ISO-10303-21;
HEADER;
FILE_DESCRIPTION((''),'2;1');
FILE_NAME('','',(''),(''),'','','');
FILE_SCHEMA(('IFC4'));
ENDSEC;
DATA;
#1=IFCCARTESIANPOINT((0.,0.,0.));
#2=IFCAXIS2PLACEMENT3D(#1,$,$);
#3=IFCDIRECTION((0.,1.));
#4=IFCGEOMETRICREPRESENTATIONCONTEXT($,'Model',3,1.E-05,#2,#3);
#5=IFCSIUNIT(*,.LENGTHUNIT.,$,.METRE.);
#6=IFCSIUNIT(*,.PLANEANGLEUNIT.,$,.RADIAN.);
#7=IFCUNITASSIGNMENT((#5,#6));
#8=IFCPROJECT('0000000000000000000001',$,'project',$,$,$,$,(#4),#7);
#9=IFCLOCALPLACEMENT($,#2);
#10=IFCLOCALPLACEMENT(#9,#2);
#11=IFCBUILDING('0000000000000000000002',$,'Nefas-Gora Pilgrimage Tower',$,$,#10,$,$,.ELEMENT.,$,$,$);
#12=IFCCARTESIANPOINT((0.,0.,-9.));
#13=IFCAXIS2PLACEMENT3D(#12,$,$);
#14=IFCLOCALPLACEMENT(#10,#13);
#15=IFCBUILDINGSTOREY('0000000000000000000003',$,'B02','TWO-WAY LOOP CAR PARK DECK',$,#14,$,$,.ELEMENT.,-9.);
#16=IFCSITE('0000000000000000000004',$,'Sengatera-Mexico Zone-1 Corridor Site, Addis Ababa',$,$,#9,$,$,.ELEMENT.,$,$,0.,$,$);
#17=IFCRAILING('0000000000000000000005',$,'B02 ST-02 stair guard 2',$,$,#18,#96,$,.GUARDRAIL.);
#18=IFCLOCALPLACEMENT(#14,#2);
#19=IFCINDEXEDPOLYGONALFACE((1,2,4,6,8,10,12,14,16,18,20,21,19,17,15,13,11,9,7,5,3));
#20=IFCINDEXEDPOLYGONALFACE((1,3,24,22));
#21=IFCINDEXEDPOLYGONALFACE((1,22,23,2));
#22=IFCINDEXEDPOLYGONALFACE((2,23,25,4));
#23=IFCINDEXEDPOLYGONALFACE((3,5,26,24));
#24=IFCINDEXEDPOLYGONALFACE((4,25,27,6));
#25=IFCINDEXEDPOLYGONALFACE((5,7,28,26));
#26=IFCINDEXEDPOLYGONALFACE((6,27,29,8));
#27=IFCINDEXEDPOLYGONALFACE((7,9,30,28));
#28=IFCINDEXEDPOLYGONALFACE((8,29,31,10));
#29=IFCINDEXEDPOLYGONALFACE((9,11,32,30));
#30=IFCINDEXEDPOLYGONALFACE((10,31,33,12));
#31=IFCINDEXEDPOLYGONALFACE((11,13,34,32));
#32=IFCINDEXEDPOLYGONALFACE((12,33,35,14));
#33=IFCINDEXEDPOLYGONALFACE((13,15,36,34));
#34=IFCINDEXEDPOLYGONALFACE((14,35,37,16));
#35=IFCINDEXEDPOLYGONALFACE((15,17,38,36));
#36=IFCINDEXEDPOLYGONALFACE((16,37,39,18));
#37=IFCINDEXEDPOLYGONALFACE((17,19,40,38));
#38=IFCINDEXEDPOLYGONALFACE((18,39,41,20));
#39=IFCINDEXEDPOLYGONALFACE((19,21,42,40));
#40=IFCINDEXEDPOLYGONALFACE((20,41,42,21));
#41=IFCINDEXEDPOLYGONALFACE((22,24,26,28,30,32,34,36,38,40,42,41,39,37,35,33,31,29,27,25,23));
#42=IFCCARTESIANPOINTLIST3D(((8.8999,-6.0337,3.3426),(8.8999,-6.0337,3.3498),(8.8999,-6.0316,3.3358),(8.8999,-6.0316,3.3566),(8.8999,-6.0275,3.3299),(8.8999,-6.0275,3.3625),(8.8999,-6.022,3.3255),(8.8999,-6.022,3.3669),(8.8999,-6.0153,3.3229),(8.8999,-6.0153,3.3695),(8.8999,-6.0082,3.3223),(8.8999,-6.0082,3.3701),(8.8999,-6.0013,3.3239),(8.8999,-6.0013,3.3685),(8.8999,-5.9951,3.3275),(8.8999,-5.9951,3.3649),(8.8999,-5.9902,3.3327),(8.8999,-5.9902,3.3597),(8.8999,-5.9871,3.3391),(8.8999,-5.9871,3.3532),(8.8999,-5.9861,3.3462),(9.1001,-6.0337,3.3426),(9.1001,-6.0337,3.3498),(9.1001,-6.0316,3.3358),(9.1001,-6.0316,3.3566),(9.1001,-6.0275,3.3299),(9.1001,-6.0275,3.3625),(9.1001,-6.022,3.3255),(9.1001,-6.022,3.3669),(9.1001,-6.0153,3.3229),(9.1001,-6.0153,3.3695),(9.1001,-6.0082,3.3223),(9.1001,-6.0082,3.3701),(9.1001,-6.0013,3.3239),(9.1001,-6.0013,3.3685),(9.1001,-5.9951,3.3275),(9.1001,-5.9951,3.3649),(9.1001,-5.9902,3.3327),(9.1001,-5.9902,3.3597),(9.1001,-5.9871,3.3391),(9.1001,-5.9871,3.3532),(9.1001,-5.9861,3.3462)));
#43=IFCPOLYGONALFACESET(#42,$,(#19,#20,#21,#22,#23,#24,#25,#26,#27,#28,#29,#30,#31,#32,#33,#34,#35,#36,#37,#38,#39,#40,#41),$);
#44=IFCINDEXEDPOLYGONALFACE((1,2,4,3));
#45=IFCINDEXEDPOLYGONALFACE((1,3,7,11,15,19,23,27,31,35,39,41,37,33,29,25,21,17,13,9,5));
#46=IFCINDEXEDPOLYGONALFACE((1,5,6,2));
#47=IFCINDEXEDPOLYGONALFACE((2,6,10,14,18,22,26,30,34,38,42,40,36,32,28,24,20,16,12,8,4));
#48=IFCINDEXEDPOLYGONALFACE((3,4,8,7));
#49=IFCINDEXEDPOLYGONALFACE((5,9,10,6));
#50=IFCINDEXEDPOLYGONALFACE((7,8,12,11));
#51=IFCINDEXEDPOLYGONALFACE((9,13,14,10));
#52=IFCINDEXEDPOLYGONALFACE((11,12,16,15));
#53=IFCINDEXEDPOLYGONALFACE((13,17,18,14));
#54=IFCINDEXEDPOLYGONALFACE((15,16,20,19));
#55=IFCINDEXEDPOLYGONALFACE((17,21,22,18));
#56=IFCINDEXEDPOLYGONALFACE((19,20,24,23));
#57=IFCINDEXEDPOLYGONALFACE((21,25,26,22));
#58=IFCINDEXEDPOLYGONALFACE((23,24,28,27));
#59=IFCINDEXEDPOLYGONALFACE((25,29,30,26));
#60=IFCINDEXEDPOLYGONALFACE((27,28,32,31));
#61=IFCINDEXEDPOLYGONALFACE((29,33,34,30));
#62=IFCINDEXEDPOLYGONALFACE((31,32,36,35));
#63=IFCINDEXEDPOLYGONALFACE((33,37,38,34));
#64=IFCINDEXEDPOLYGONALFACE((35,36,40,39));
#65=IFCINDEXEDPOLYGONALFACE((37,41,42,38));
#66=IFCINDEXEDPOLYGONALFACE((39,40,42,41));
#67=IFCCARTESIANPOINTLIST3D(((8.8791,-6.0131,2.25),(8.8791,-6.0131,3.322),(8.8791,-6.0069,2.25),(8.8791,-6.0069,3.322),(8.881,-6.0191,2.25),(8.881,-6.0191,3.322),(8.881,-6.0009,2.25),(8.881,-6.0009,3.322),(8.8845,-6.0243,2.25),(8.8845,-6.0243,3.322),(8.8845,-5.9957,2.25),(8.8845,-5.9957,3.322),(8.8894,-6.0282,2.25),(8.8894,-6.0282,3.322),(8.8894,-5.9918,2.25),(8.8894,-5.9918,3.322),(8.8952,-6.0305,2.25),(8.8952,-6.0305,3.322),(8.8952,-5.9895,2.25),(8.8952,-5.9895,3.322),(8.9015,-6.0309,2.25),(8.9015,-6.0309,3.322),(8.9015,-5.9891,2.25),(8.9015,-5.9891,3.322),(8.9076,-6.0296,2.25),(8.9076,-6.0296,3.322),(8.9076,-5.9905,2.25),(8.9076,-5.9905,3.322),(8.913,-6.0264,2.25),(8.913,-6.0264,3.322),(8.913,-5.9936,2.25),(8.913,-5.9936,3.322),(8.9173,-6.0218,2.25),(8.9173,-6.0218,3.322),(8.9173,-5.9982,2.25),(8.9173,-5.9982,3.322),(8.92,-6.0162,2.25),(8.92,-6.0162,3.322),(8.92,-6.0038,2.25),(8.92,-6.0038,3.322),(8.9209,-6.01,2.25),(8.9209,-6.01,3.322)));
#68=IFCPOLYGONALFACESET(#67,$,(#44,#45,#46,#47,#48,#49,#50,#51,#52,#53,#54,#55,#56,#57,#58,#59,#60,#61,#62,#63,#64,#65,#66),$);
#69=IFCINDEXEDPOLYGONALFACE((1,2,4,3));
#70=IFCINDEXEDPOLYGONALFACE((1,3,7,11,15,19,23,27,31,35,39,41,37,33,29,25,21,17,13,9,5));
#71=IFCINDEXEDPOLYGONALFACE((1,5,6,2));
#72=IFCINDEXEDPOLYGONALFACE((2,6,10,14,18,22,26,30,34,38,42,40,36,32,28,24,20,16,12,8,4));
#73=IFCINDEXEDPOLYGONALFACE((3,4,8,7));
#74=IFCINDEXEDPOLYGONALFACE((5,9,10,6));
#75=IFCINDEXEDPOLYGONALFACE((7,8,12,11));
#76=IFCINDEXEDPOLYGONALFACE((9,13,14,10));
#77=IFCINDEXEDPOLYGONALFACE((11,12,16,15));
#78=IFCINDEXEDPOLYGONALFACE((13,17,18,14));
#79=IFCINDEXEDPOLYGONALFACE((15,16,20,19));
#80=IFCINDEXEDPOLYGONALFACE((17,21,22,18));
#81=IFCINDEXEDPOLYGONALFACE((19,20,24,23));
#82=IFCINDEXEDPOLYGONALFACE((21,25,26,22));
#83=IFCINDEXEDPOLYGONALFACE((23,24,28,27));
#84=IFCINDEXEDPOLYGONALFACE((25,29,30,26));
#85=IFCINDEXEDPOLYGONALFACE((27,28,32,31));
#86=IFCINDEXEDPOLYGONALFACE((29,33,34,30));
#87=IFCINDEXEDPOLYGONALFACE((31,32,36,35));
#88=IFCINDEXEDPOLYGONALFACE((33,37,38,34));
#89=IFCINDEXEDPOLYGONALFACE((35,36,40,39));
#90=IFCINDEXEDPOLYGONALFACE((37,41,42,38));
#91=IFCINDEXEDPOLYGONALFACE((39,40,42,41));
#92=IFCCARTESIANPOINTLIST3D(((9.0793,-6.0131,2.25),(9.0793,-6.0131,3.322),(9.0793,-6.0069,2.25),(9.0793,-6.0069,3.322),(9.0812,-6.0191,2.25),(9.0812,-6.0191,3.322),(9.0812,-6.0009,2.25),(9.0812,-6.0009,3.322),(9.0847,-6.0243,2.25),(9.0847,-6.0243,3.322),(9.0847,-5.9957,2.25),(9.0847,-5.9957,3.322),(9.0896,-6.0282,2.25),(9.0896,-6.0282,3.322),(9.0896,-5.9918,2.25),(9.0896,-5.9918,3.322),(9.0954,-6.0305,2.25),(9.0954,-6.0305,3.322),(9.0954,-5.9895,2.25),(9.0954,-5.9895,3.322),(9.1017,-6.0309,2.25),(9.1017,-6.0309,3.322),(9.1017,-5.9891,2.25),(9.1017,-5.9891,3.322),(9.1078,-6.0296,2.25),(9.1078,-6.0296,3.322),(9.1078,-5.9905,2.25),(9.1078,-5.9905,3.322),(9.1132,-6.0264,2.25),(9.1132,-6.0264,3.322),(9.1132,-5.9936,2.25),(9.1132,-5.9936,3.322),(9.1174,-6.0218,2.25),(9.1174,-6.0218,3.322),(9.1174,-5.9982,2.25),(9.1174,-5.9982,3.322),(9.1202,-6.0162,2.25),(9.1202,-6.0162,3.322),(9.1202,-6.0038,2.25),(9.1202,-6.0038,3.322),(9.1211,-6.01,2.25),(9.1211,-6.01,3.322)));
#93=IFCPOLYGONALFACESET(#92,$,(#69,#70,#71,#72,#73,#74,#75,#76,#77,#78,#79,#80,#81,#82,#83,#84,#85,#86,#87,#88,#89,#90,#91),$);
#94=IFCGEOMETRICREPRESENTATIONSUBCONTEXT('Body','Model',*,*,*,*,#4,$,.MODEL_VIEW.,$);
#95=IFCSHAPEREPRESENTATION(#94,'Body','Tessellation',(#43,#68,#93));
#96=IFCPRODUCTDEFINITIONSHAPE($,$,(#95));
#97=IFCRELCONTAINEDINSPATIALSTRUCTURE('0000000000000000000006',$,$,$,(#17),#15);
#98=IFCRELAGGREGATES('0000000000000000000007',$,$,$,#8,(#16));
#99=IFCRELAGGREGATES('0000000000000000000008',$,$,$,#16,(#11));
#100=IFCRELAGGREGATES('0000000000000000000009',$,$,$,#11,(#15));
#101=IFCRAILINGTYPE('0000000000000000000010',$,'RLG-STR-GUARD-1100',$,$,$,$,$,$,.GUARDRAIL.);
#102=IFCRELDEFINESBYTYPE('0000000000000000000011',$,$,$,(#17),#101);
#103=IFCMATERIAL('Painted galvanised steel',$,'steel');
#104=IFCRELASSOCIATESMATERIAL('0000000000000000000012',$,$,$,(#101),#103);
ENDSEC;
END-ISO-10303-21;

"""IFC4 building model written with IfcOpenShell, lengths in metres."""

from ifc_helpers import new_model, si_unit, direction, frame, origin, origin_2d, place, context, subcontext, project, spatial, circle, extrude, material, type_object, element, save


model = new_model("IFC4")

# Units and contexts
model_context = context("Model", 3, precision=1e-05, world=origin(), true_north=direction((0.0, 1.0)))
body_context = subcontext(model_context, "Body", "Model", "MODEL_VIEW")
ifc_project = project(units=[si_unit("LENGTHUNIT", "METRE"), si_unit("PLANEANGLEUNIT", "RADIAN")], contexts=[model_context])

# Site, building, storey
site_placement = place(None, origin())
site = spatial("IfcSite", under=ifc_project, at=site_placement, Name="Sengatera-Mexico Zone-1 Corridor Site, Addis Ababa", CompositionType="ELEMENT", RefElevation=0.0)
building_placement = place(site_placement, origin())
building = spatial("IfcBuilding", under=site, at=building_placement, Name="Nefas-Gora Pilgrimage Tower", CompositionType="ELEMENT")
storey_placement = place(building_placement, frame((0.0, 0.0, -9.0)))
storey = spatial("IfcBuildingStorey", under=building, at=storey_placement, Name="B02", Description="TWO-WAY LOOP CAR PARK DECK", CompositionType="ELEMENT", Elevation=-9.0)

# Railing
ifc_material_1 = material(Name="Painted galvanised steel", Category="steel")
railing_type_1 = type_object("IfcRailingType", Name="RLG-STR-GUARD-1100", PredefinedType="GUARDRAIL", material=ifc_material_1)
railing_1_placement = place(storey_placement, frame((8.8999, -6.01, 2.25)))
element("IfcRailing", 1, at=railing_1_placement, inside=storey, type_object=railing_type_1, Name="B02 ST-02 stair guard 2", PredefinedType="GUARDRAIL", context=body_context, shape_type="SweptSolid", body=[
    extrude(circle(Radius=0.0239, at=origin_2d()), frame((0.0, 0.0, 1.0962), z_axis=(1.0, 0.0, 0.0), x_axis=(0.0, 1.0, 0.0)), (0.0, 0.0, 1.0), 0.2002),
    extrude(circle(Radius=0.021, at=origin_2d()), origin(), (0.0, 0.0, 1.0), 1.072),
    extrude(circle(Radius=0.021, at=origin_2d()), frame((0.2002, 0.0, 0.0)), (0.0, 0.0, 1.0), 1.072),
])

save(model, "model.ifc")
